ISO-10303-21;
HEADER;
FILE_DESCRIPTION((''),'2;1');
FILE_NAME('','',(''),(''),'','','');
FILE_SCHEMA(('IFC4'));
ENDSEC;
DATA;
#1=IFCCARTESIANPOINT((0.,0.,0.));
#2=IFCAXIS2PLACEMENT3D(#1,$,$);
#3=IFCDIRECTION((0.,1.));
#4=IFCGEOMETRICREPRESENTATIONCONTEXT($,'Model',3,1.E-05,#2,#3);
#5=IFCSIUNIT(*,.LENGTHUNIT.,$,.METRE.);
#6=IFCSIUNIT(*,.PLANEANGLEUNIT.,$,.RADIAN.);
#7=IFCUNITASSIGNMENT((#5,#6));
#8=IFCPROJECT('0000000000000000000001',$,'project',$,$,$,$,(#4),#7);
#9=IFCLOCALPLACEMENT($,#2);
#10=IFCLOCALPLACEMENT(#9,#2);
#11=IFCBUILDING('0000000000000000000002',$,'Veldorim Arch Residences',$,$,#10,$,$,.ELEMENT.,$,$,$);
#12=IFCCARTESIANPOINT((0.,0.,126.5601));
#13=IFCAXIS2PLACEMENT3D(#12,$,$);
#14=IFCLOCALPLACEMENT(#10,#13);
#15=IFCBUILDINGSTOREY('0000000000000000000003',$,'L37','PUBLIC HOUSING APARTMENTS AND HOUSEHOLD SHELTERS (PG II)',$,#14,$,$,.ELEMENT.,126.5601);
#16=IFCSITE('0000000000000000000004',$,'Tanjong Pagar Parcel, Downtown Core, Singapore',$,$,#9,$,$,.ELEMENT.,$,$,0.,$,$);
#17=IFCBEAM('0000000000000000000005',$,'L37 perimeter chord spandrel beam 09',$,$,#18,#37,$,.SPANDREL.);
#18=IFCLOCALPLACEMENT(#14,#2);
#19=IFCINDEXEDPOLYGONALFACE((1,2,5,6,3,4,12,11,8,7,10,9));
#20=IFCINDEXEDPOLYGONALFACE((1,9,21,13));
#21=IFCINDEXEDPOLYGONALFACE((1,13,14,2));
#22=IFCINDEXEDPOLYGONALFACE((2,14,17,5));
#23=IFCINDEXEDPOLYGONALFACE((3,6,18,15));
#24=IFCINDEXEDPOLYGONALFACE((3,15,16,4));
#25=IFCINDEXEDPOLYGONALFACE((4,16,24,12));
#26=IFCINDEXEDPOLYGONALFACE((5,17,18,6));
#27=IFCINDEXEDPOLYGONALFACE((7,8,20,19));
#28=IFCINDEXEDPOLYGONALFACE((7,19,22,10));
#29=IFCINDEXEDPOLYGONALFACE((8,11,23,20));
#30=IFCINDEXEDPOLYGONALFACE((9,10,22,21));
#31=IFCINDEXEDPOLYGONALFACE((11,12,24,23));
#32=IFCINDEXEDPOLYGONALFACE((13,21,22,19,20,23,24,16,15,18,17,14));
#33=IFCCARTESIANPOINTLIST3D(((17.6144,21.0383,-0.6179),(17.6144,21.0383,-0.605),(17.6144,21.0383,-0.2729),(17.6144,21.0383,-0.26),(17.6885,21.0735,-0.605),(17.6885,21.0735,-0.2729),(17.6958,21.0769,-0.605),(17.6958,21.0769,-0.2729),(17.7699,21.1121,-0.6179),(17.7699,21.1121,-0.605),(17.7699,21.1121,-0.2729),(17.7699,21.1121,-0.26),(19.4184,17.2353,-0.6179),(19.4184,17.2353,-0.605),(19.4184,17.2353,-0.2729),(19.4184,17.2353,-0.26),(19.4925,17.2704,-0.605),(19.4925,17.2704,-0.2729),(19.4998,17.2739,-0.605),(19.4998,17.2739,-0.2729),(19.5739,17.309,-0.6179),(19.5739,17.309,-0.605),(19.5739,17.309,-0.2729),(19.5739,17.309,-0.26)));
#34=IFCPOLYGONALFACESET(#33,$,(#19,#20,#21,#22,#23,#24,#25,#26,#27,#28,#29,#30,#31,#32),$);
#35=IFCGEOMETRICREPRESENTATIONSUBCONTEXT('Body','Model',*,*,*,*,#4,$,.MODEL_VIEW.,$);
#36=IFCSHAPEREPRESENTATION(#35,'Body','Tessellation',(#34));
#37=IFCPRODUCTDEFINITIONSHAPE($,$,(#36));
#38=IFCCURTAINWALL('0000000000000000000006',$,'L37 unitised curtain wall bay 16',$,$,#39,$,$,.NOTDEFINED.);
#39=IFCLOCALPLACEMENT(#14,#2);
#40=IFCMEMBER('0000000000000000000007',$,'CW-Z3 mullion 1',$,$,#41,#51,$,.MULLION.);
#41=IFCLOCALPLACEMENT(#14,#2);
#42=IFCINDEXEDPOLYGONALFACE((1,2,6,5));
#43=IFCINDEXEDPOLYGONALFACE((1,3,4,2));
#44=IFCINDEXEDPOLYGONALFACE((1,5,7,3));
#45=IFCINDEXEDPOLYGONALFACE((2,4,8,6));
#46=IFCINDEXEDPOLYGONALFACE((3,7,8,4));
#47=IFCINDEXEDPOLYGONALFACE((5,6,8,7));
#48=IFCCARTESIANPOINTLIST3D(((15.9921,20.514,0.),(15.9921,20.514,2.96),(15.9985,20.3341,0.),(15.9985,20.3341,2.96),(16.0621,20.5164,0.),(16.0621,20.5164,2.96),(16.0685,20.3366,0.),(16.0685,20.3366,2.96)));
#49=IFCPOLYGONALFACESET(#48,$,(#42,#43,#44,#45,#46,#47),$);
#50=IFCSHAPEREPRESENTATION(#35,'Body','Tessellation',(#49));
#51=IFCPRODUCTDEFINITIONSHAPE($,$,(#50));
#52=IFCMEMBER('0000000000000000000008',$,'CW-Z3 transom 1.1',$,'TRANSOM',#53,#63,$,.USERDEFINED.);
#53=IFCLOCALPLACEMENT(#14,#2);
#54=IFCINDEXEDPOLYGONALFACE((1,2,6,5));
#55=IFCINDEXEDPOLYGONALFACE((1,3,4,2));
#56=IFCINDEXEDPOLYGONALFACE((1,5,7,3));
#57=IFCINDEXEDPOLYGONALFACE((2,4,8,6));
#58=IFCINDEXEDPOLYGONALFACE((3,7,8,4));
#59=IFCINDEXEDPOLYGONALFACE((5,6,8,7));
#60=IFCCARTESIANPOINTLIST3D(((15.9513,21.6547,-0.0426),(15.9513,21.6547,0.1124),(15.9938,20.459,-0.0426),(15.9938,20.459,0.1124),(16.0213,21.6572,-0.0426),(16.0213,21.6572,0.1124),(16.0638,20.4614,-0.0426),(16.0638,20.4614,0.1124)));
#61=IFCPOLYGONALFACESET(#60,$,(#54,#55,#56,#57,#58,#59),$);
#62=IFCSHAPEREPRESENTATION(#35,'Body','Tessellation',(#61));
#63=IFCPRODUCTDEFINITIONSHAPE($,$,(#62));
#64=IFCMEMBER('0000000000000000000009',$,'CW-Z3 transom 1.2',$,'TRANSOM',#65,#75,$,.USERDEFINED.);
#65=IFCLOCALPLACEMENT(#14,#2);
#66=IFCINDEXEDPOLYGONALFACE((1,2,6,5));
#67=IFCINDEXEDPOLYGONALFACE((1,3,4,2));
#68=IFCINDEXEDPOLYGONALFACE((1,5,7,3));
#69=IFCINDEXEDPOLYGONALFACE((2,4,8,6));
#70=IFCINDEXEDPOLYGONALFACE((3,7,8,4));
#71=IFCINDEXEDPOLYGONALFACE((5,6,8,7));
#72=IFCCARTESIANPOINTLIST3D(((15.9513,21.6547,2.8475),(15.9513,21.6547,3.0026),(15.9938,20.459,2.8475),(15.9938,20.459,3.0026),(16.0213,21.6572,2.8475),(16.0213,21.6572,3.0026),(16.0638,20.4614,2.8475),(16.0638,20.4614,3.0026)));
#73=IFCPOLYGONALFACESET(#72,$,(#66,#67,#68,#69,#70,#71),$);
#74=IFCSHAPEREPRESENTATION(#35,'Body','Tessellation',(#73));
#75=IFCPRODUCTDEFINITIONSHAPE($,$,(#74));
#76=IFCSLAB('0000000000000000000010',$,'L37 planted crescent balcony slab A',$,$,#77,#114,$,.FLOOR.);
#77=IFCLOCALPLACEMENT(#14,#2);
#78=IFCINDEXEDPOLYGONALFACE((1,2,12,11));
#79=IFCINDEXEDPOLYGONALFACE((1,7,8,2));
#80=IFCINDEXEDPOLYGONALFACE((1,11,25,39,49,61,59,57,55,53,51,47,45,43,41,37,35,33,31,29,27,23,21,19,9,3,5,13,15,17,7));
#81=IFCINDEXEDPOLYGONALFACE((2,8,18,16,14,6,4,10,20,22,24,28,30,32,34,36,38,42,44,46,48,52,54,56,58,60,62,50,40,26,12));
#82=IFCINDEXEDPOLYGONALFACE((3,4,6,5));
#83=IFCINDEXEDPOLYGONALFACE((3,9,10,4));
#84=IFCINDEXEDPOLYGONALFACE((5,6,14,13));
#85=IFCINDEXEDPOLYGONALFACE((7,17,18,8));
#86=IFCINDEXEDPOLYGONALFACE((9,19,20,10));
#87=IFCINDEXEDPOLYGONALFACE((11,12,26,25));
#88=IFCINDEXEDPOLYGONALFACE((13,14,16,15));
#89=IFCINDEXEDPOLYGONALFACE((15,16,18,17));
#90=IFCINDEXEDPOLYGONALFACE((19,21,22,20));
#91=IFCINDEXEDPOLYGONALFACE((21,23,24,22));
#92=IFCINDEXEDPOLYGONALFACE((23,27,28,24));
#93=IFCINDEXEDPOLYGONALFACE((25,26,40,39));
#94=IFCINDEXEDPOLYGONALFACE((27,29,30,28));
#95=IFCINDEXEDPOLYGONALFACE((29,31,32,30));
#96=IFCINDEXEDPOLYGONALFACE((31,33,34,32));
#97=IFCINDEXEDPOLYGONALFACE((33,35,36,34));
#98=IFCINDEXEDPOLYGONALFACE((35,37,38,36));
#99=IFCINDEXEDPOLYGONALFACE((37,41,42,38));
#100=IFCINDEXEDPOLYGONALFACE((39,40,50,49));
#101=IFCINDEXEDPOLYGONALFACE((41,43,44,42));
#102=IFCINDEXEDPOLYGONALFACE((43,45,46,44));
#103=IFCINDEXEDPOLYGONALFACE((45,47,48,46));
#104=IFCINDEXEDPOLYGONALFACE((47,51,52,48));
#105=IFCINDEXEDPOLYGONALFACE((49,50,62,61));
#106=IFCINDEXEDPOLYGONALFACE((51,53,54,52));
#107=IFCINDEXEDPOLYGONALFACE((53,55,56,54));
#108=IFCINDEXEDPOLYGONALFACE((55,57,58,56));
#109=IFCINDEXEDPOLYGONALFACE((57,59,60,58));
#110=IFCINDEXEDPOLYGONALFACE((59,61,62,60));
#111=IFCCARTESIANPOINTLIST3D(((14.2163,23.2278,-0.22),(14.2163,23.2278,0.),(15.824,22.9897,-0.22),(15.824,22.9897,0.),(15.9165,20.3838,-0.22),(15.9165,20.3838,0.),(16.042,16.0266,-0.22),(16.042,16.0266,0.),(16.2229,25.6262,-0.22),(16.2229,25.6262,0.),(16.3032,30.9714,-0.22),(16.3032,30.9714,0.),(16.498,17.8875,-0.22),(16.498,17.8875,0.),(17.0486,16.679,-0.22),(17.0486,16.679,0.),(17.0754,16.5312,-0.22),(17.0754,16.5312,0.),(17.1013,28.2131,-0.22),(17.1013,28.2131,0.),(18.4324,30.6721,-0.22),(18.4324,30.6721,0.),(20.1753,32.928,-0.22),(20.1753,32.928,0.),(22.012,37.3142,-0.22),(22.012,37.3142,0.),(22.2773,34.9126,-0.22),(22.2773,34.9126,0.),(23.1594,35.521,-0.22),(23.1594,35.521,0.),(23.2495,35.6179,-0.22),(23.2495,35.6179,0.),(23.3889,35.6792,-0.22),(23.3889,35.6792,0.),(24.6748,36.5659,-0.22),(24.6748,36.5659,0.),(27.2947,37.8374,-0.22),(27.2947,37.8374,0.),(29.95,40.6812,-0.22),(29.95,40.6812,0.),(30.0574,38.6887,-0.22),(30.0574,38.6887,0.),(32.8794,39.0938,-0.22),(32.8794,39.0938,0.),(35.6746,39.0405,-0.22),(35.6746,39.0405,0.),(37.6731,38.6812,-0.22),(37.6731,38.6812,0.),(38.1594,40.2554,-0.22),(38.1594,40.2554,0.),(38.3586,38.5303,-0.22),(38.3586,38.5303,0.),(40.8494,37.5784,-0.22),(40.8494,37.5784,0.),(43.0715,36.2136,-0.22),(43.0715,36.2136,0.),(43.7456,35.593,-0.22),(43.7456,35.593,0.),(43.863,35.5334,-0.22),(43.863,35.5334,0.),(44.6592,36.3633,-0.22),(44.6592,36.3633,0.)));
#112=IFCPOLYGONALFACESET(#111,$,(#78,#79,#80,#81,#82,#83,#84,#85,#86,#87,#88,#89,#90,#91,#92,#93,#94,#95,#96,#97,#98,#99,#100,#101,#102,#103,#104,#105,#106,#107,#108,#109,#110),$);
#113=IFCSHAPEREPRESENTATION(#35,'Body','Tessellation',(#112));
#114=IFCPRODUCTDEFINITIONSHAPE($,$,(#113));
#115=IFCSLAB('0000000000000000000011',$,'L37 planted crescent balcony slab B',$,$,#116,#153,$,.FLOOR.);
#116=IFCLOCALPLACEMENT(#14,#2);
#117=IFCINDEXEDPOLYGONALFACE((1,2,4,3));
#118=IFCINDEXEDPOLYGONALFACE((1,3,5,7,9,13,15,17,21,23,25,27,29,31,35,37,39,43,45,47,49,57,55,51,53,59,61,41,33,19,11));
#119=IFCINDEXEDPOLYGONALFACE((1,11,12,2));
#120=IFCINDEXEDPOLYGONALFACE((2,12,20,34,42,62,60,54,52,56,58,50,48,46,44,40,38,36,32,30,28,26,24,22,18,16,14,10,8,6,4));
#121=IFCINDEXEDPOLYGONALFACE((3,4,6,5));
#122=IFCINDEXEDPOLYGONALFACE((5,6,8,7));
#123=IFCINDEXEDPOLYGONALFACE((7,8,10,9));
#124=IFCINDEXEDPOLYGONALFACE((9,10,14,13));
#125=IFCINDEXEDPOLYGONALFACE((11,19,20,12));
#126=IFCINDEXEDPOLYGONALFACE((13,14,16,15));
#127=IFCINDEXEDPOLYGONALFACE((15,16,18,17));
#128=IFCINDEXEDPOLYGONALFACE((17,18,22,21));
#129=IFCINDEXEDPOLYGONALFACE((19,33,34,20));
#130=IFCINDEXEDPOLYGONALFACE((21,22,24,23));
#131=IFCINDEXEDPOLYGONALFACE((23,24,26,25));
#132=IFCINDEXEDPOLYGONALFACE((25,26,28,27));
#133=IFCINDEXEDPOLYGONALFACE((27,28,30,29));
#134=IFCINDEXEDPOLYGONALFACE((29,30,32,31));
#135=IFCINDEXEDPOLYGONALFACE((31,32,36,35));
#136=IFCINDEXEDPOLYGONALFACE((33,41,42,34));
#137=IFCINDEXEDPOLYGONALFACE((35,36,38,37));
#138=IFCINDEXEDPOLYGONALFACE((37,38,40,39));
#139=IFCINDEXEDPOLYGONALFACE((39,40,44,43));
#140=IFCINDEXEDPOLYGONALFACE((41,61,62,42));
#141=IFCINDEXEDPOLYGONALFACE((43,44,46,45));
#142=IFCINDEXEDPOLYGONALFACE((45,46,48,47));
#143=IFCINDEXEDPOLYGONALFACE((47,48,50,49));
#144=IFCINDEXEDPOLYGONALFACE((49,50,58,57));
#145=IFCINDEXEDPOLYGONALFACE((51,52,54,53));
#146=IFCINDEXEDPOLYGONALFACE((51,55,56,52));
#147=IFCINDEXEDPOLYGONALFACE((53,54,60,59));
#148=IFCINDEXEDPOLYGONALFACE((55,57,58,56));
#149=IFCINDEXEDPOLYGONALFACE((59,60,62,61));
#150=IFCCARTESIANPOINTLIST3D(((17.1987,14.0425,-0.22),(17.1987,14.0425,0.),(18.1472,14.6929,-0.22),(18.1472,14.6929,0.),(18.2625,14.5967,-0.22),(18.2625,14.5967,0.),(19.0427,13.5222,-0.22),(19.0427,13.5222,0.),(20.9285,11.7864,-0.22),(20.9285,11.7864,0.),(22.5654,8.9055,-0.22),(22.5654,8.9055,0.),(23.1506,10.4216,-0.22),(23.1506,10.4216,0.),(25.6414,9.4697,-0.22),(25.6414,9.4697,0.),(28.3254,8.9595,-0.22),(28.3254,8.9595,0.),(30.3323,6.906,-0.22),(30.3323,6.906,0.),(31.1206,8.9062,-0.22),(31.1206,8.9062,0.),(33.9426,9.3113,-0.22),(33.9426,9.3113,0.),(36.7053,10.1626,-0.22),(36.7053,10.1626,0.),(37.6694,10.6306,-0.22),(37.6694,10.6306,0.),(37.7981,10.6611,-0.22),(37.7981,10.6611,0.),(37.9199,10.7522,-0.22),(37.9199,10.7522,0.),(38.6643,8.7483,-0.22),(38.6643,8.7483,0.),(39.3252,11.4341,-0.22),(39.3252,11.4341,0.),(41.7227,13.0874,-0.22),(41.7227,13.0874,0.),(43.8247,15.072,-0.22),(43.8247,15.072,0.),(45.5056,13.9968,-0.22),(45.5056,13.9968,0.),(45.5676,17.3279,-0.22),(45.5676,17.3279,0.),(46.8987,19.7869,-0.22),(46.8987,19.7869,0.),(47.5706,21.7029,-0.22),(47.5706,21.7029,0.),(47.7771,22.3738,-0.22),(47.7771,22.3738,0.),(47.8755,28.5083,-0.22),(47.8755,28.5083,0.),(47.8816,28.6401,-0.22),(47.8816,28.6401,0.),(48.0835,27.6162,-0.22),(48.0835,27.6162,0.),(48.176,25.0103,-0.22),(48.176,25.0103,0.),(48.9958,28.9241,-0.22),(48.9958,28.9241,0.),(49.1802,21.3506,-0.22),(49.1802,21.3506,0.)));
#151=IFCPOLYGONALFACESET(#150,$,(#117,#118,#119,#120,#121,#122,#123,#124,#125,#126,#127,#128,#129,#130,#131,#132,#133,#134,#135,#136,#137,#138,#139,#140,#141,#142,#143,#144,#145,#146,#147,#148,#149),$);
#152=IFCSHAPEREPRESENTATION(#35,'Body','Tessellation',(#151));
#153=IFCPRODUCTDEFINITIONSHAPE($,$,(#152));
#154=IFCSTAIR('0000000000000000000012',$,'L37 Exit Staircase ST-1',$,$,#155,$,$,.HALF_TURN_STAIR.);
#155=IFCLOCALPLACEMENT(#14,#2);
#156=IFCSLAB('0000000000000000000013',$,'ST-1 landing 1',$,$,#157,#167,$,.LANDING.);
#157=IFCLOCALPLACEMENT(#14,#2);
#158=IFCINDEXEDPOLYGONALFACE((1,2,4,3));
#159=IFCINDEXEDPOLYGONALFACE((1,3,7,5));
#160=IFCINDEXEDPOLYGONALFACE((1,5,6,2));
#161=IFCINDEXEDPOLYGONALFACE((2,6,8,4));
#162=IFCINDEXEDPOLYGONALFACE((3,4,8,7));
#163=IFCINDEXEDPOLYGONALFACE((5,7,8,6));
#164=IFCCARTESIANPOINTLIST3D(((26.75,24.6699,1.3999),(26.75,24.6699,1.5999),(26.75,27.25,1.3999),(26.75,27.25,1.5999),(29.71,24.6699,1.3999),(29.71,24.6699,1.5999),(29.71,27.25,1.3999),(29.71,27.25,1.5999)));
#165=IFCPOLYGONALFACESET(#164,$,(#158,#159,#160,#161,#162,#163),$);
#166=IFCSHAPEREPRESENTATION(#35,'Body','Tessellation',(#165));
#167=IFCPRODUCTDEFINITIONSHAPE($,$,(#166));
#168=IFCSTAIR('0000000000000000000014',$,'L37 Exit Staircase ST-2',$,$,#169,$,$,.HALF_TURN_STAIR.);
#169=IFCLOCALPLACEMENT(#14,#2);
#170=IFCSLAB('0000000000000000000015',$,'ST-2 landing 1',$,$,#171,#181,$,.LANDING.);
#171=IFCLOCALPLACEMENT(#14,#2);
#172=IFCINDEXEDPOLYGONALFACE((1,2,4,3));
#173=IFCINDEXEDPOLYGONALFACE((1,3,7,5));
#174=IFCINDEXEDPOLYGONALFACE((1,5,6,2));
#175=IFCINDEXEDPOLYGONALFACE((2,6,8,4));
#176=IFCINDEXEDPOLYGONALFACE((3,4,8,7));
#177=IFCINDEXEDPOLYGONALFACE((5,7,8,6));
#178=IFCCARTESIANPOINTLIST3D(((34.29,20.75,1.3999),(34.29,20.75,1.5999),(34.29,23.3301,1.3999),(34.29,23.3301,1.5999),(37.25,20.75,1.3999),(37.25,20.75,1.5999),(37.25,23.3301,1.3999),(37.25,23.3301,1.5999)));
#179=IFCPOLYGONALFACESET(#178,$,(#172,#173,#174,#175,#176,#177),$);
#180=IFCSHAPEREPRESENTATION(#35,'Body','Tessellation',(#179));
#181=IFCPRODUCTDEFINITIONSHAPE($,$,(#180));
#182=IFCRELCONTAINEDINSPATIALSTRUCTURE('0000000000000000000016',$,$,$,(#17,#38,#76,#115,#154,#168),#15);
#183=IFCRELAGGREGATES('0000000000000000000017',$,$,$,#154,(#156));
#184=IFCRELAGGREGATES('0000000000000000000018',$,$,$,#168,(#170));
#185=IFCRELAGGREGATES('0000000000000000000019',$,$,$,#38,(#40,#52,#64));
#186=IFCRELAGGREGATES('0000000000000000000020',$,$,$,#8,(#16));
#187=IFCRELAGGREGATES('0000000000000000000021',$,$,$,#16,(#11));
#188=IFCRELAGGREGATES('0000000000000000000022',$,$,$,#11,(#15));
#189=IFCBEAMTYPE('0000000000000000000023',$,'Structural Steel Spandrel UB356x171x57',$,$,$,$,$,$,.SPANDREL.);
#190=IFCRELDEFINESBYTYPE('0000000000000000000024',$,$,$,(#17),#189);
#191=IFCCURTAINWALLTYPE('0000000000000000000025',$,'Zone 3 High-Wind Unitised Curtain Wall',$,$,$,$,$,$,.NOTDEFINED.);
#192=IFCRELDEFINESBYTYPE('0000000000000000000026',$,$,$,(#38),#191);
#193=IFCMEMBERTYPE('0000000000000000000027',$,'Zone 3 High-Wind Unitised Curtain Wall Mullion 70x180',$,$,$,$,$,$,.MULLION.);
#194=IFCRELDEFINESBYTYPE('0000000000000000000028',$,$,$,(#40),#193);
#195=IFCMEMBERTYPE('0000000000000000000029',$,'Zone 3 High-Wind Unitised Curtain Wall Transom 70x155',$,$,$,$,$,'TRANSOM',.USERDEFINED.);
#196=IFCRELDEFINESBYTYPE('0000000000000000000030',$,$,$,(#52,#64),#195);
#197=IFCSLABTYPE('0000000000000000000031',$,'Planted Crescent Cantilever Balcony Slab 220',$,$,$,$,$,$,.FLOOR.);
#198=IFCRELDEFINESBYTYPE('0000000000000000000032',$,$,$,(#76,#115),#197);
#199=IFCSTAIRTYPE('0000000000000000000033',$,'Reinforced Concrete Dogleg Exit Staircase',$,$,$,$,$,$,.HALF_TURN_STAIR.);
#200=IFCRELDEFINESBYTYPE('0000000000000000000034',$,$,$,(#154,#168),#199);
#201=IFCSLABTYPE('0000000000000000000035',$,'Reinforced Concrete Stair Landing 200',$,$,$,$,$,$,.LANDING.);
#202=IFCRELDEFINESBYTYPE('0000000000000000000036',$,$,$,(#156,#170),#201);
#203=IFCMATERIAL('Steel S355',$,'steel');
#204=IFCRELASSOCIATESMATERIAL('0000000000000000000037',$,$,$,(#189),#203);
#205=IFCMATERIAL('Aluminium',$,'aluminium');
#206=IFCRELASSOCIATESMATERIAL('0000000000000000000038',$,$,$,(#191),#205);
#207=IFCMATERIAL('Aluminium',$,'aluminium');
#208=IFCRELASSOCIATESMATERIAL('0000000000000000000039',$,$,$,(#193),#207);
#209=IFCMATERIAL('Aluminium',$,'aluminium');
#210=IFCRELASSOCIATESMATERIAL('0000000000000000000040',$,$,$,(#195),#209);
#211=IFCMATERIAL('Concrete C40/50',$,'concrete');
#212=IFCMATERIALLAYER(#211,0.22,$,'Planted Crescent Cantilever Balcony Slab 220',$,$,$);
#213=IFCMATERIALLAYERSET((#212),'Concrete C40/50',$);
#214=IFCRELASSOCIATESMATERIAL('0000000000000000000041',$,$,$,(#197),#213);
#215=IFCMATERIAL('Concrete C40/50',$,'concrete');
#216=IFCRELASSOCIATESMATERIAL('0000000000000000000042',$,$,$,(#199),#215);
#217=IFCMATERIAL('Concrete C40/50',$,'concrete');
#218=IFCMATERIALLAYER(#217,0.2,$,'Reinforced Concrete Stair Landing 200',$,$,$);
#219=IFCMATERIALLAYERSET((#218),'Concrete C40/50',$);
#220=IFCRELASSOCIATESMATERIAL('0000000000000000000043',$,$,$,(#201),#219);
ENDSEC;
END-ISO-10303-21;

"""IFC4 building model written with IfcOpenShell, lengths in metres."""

from ifc_helpers import new_model, si_unit, direction, frame, origin, origin_2d, place, context, subcontext, project, spatial, polyline, rectangle, i_section, outline, extrude, material, layer, layer_set, material_profile, profile_set, type_object, element, aggregate, save


model = new_model("IFC4")

# Units and contexts
model_context = context("Model", 3, precision=1e-05, world=origin(), true_north=direction((0.0, 1.0)))
body_context = subcontext(model_context, "Body", "Model", "MODEL_VIEW")
ifc_project = project(units=[si_unit("LENGTHUNIT", "METRE"), si_unit("PLANEANGLEUNIT", "RADIAN")], contexts=[model_context])

# Site, building, storey
site_placement = place(None, origin())
site = spatial("IfcSite", under=ifc_project, at=site_placement, Name="Tanjong Pagar Parcel, Downtown Core, Singapore", CompositionType="ELEMENT", RefElevation=0.0)
building_placement = place(site_placement, origin())
building = spatial("IfcBuilding", under=site, at=building_placement, Name="Veldorim Arch Residences", CompositionType="ELEMENT")
storey_placement = place(building_placement, frame((0.0, 0.0, 126.5601)))
storey = spatial("IfcBuildingStorey", under=building, at=storey_placement, Name="L37", Description="PUBLIC HOUSING APARTMENTS AND HOUSEHOLD SHELTERS (PG II)", CompositionType="ELEMENT", Elevation=126.5601)

# Beam
ifc_material_1 = material(Name="Steel S355", Category="steel")
ifc_material_profile_1 = material_profile(ifc_material_1, i_section(OverallWidth=0.1721, OverallDepth=0.3579, WebThickness=0.0081, FlangeThickness=0.0129, at=origin_2d()), Name="UB356x171x57")
ifc_profile_set_1 = profile_set([ifc_material_profile_1], Name="Steel S355")
beam_type = type_object("IfcBeamType", Name="Structural Steel Spandrel UB356x171x57", PredefinedType="SPANDREL", material=ifc_profile_set_1)
beam_placement = place(storey_placement, frame((17.6921, 21.0752, -0.439), z_axis=(0.42858, -0.903504, 0.0), x_axis=(0.903504, 0.42858, 0.0)))
element("IfcBeam", 1, at=beam_placement, inside=storey, type_object=beam_type, Name="L37 perimeter chord spandrel beam 09", PredefinedType="SPANDREL", context=body_context, shape_type="SweptSolid", body=[
    extrude(i_section(OverallWidth=0.1721, OverallDepth=0.3579, WebThickness=0.0081, FlangeThickness=0.0129, at=origin_2d()), origin(), (0.0, 0.0, 1.0), 4.2092),
])

# Curtain wall, members
ifc_material_2 = material(Name="Aluminium", Category="aluminium")
curtain_wall_type = type_object("IfcCurtainWallType", Name="Zone 3 High-Wind Unitised Curtain Wall", PredefinedType="NOTDEFINED", material=ifc_material_2)
curtain_wall_placement = place(storey_placement, origin())
curtain_wall = element("IfcCurtainWall", 2, at=curtain_wall_placement, inside=storey, type_object=curtain_wall_type, Name="L37 unitised curtain wall bay 16", PredefinedType="NOTDEFINED")
ifc_material_3 = material(Name="Aluminium", Category="aluminium")
ifc_material_profile_2 = material_profile(ifc_material_3, rectangle(XDim=0.0701, YDim=0.1799, at=origin_2d()), Name="ALU_MUL_70x180")
ifc_profile_set_2 = profile_set([ifc_material_profile_2], Name="Aluminium")
member_type_1 = type_object("IfcMemberType", Name="Zone 3 High-Wind Unitised Curtain Wall Mullion 70x180", PredefinedType="MULLION", material=ifc_profile_set_2)
member_1_placement = place(storey_placement, frame((16.0303, 20.4253, 0.0), z_axis=(0.0, 0.0, 1.0), x_axis=(-0.99937, -0.035498, 0.0)))
member_1 = element("IfcMember", 3, at=member_1_placement, type_object=member_type_1, Name="CW-Z3 mullion 1", PredefinedType="MULLION", context=body_context, shape_type="SweptSolid", body=[
    extrude(rectangle(XDim=0.0701, YDim=0.1799, at=origin_2d()), origin(), (0.0, 0.0, 1.0), 2.96),
])
ifc_material_4 = material(Name="Aluminium", Category="aluminium")
ifc_material_profile_3 = material_profile(ifc_material_4, rectangle(XDim=0.0701, YDim=0.155, at=origin_2d()), Name="ALU_TRN_70x155")
ifc_profile_set_3 = profile_set([ifc_material_profile_3], Name="Aluminium")
member_type_2 = type_object("IfcMemberType", Name="Zone 3 High-Wind Unitised Curtain Wall Transom 70x155", ElementType="TRANSOM", PredefinedType="USERDEFINED", material=ifc_profile_set_3)
member_2_placement = place(storey_placement, frame((16.0288, 20.4602, 0.0349), z_axis=(-0.035502, 0.99937, 0.0), x_axis=(-0.99937, -0.035502, 0.0)))
member_2 = element("IfcMember", 4, at=member_2_placement, type_object=member_type_2, Name="CW-Z3 transom 1.1", ObjectType="TRANSOM", PredefinedType="USERDEFINED", context=body_context, shape_type="SweptSolid", body=[
    extrude(rectangle(XDim=0.0701, YDim=0.155, at=origin_2d()), origin(), (0.0, 0.0, 1.0), 1.1965),
])
member_3_placement = place(storey_placement, frame((16.0288, 20.4602, 2.925), z_axis=(-0.035502, 0.99937, 0.0), x_axis=(-0.99937, -0.035502, 0.0)))
member_3 = element("IfcMember", 5, at=member_3_placement, type_object=member_type_2, Name="CW-Z3 transom 1.2", ObjectType="TRANSOM", PredefinedType="USERDEFINED", context=body_context, shape_type="SweptSolid", body=[
    extrude(rectangle(XDim=0.0701, YDim=0.155, at=origin_2d()), origin(), (0.0, 0.0, 1.0), 1.1965),
])

# Slabs
ifc_material_5 = material(Name="Concrete C40/50", Category="concrete")
ifc_layer_1 = layer(ifc_material_5, 0.22, Name="Planted Crescent Cantilever Balcony Slab 220")
ifc_layer_set_1 = layer_set([ifc_layer_1], Name="Concrete C40/50")
slab_type_1 = type_object("IfcSlabType", Name="Planted Crescent Cantilever Balcony Slab 220", PredefinedType="FLOOR", material=ifc_layer_set_1)
slab_1_placement = place(storey_placement, frame((0.0, 0.0, -0.22)))
element("IfcSlab", 6, at=slab_1_placement, inside=storey, type_object=slab_type_1, Name="L37 planted crescent balcony slab A", PredefinedType="FLOOR", context=body_context, shape_type="SweptSolid", body=[
    extrude(outline(polyline([(43.7456, 35.593), (43.0715, 36.2136), (40.8494, 37.5784), (38.3586, 38.5303), (37.6731, 38.6812), (35.6746, 39.0405), (32.8794, 39.0938), (30.0574, 38.6887), (27.2947, 37.8374), (24.6748, 36.5659), (23.3889, 35.6792), (23.2495, 35.6179), (23.1594, 35.521), (22.2773, 34.9126), (20.1753, 32.928), (18.4324, 30.6721), (17.1013, 28.2131), (16.2229, 25.6262), (15.824, 22.9897), (15.9165, 20.3838), (16.498, 17.8875), (17.0486, 16.679), (17.0754, 16.5312), (16.042, 16.0266), (14.2163, 23.2278), (16.3032, 30.9714), (22.012, 37.3142), (29.95, 40.6812), (38.1594, 40.2554), (44.6592, 36.3633), (43.863, 35.5334), (43.7456, 35.593)])), origin(), (0.0, 0.0, 1.0), 0.22),
])
slab_2_placement = place(storey_placement, frame((0.0, 0.0, -0.22)))
element("IfcSlab", 7, at=slab_2_placement, inside=storey, type_object=slab_type_1, Name="L37 planted crescent balcony slab B", PredefinedType="FLOOR", context=body_context, shape_type="SweptSolid", body=[
    extrude(outline(polyline([(18.2625, 14.5967), (19.0427, 13.5222), (20.9285, 11.7864), (23.1506, 10.4216), (25.6414, 9.4697), (28.3254, 8.9595), (31.1206, 8.9062), (33.9426, 9.3113), (36.7053, 10.1626), (37.6694, 10.6306), (37.7981, 10.6611), (37.9199, 10.7522), (39.3252, 11.4341), (41.7227, 13.0874), (43.8247, 15.072), (45.5676, 17.3279), (46.8987, 19.7869), (47.5706, 21.7029), (47.7771, 22.3738), (48.176, 25.0103), (48.0835, 27.6162), (47.8755, 28.5083), (47.8816, 28.6401), (48.9958, 28.9241), (49.1802, 21.3506), (45.5056, 13.9968), (38.6643, 8.7483), (30.3323, 6.906), (22.5654, 8.9055), (17.1987, 14.0425), (18.1472, 14.6929), (18.2625, 14.5967)])), origin(), (0.0, 0.0, 1.0), 0.22),
])

# Stairs, slabs
ifc_material_6 = material(Name="Concrete C40/50", Category="concrete")
stair_type = type_object("IfcStairType", Name="Reinforced Concrete Dogleg Exit Staircase", PredefinedType="HALF_TURN_STAIR", material=ifc_material_6)
stair_1_placement = place(storey_placement, origin())
stair_1 = element("IfcStair", 8, at=stair_1_placement, inside=storey, type_object=stair_type, Name="L37 Exit Staircase ST-1", PredefinedType="HALF_TURN_STAIR")
ifc_material_7 = material(Name="Concrete C40/50", Category="concrete")
ifc_layer_2 = layer(ifc_material_7, 0.2, Name="Reinforced Concrete Stair Landing 200")
ifc_layer_set_2 = layer_set([ifc_layer_2], Name="Concrete C40/50")
slab_type_2 = type_object("IfcSlabType", Name="Reinforced Concrete Stair Landing 200", PredefinedType="LANDING", material=ifc_layer_set_2)
slab_3_placement = place(storey_placement, frame((0.0, 0.0, 1.3999)))
slab_3 = element("IfcSlab", 9, at=slab_3_placement, type_object=slab_type_2, Name="ST-1 landing 1", PredefinedType="LANDING", context=body_context, shape_type="SweptSolid", body=[
    extrude(outline(polyline([(29.71, 24.6699), (29.71, 27.25), (26.75, 27.25), (26.75, 24.6699), (29.71, 24.6699)])), origin(), (0.0, 0.0, 1.0), 0.2),
])
aggregate(stair_1, [slab_3])
stair_2_placement = place(storey_placement, origin())
stair_2 = element("IfcStair", 10, at=stair_2_placement, inside=storey, type_object=stair_type, Name="L37 Exit Staircase ST-2", PredefinedType="HALF_TURN_STAIR")
slab_4_placement = place(storey_placement, frame((0.0, 0.0, 1.3999)))
slab_4 = element("IfcSlab", 11, at=slab_4_placement, type_object=slab_type_2, Name="ST-2 landing 1", PredefinedType="LANDING", context=body_context, shape_type="SweptSolid", body=[
    extrude(outline(polyline([(34.29, 23.3301), (34.29, 20.75), (37.25, 20.75), (37.25, 23.3301), (34.29, 23.3301)])), origin(), (0.0, 0.0, 1.0), 0.2),
])
aggregate(stair_2, [slab_4])

aggregate(curtain_wall, [member_1, member_2, member_3])

save(model, "model.ifc")
